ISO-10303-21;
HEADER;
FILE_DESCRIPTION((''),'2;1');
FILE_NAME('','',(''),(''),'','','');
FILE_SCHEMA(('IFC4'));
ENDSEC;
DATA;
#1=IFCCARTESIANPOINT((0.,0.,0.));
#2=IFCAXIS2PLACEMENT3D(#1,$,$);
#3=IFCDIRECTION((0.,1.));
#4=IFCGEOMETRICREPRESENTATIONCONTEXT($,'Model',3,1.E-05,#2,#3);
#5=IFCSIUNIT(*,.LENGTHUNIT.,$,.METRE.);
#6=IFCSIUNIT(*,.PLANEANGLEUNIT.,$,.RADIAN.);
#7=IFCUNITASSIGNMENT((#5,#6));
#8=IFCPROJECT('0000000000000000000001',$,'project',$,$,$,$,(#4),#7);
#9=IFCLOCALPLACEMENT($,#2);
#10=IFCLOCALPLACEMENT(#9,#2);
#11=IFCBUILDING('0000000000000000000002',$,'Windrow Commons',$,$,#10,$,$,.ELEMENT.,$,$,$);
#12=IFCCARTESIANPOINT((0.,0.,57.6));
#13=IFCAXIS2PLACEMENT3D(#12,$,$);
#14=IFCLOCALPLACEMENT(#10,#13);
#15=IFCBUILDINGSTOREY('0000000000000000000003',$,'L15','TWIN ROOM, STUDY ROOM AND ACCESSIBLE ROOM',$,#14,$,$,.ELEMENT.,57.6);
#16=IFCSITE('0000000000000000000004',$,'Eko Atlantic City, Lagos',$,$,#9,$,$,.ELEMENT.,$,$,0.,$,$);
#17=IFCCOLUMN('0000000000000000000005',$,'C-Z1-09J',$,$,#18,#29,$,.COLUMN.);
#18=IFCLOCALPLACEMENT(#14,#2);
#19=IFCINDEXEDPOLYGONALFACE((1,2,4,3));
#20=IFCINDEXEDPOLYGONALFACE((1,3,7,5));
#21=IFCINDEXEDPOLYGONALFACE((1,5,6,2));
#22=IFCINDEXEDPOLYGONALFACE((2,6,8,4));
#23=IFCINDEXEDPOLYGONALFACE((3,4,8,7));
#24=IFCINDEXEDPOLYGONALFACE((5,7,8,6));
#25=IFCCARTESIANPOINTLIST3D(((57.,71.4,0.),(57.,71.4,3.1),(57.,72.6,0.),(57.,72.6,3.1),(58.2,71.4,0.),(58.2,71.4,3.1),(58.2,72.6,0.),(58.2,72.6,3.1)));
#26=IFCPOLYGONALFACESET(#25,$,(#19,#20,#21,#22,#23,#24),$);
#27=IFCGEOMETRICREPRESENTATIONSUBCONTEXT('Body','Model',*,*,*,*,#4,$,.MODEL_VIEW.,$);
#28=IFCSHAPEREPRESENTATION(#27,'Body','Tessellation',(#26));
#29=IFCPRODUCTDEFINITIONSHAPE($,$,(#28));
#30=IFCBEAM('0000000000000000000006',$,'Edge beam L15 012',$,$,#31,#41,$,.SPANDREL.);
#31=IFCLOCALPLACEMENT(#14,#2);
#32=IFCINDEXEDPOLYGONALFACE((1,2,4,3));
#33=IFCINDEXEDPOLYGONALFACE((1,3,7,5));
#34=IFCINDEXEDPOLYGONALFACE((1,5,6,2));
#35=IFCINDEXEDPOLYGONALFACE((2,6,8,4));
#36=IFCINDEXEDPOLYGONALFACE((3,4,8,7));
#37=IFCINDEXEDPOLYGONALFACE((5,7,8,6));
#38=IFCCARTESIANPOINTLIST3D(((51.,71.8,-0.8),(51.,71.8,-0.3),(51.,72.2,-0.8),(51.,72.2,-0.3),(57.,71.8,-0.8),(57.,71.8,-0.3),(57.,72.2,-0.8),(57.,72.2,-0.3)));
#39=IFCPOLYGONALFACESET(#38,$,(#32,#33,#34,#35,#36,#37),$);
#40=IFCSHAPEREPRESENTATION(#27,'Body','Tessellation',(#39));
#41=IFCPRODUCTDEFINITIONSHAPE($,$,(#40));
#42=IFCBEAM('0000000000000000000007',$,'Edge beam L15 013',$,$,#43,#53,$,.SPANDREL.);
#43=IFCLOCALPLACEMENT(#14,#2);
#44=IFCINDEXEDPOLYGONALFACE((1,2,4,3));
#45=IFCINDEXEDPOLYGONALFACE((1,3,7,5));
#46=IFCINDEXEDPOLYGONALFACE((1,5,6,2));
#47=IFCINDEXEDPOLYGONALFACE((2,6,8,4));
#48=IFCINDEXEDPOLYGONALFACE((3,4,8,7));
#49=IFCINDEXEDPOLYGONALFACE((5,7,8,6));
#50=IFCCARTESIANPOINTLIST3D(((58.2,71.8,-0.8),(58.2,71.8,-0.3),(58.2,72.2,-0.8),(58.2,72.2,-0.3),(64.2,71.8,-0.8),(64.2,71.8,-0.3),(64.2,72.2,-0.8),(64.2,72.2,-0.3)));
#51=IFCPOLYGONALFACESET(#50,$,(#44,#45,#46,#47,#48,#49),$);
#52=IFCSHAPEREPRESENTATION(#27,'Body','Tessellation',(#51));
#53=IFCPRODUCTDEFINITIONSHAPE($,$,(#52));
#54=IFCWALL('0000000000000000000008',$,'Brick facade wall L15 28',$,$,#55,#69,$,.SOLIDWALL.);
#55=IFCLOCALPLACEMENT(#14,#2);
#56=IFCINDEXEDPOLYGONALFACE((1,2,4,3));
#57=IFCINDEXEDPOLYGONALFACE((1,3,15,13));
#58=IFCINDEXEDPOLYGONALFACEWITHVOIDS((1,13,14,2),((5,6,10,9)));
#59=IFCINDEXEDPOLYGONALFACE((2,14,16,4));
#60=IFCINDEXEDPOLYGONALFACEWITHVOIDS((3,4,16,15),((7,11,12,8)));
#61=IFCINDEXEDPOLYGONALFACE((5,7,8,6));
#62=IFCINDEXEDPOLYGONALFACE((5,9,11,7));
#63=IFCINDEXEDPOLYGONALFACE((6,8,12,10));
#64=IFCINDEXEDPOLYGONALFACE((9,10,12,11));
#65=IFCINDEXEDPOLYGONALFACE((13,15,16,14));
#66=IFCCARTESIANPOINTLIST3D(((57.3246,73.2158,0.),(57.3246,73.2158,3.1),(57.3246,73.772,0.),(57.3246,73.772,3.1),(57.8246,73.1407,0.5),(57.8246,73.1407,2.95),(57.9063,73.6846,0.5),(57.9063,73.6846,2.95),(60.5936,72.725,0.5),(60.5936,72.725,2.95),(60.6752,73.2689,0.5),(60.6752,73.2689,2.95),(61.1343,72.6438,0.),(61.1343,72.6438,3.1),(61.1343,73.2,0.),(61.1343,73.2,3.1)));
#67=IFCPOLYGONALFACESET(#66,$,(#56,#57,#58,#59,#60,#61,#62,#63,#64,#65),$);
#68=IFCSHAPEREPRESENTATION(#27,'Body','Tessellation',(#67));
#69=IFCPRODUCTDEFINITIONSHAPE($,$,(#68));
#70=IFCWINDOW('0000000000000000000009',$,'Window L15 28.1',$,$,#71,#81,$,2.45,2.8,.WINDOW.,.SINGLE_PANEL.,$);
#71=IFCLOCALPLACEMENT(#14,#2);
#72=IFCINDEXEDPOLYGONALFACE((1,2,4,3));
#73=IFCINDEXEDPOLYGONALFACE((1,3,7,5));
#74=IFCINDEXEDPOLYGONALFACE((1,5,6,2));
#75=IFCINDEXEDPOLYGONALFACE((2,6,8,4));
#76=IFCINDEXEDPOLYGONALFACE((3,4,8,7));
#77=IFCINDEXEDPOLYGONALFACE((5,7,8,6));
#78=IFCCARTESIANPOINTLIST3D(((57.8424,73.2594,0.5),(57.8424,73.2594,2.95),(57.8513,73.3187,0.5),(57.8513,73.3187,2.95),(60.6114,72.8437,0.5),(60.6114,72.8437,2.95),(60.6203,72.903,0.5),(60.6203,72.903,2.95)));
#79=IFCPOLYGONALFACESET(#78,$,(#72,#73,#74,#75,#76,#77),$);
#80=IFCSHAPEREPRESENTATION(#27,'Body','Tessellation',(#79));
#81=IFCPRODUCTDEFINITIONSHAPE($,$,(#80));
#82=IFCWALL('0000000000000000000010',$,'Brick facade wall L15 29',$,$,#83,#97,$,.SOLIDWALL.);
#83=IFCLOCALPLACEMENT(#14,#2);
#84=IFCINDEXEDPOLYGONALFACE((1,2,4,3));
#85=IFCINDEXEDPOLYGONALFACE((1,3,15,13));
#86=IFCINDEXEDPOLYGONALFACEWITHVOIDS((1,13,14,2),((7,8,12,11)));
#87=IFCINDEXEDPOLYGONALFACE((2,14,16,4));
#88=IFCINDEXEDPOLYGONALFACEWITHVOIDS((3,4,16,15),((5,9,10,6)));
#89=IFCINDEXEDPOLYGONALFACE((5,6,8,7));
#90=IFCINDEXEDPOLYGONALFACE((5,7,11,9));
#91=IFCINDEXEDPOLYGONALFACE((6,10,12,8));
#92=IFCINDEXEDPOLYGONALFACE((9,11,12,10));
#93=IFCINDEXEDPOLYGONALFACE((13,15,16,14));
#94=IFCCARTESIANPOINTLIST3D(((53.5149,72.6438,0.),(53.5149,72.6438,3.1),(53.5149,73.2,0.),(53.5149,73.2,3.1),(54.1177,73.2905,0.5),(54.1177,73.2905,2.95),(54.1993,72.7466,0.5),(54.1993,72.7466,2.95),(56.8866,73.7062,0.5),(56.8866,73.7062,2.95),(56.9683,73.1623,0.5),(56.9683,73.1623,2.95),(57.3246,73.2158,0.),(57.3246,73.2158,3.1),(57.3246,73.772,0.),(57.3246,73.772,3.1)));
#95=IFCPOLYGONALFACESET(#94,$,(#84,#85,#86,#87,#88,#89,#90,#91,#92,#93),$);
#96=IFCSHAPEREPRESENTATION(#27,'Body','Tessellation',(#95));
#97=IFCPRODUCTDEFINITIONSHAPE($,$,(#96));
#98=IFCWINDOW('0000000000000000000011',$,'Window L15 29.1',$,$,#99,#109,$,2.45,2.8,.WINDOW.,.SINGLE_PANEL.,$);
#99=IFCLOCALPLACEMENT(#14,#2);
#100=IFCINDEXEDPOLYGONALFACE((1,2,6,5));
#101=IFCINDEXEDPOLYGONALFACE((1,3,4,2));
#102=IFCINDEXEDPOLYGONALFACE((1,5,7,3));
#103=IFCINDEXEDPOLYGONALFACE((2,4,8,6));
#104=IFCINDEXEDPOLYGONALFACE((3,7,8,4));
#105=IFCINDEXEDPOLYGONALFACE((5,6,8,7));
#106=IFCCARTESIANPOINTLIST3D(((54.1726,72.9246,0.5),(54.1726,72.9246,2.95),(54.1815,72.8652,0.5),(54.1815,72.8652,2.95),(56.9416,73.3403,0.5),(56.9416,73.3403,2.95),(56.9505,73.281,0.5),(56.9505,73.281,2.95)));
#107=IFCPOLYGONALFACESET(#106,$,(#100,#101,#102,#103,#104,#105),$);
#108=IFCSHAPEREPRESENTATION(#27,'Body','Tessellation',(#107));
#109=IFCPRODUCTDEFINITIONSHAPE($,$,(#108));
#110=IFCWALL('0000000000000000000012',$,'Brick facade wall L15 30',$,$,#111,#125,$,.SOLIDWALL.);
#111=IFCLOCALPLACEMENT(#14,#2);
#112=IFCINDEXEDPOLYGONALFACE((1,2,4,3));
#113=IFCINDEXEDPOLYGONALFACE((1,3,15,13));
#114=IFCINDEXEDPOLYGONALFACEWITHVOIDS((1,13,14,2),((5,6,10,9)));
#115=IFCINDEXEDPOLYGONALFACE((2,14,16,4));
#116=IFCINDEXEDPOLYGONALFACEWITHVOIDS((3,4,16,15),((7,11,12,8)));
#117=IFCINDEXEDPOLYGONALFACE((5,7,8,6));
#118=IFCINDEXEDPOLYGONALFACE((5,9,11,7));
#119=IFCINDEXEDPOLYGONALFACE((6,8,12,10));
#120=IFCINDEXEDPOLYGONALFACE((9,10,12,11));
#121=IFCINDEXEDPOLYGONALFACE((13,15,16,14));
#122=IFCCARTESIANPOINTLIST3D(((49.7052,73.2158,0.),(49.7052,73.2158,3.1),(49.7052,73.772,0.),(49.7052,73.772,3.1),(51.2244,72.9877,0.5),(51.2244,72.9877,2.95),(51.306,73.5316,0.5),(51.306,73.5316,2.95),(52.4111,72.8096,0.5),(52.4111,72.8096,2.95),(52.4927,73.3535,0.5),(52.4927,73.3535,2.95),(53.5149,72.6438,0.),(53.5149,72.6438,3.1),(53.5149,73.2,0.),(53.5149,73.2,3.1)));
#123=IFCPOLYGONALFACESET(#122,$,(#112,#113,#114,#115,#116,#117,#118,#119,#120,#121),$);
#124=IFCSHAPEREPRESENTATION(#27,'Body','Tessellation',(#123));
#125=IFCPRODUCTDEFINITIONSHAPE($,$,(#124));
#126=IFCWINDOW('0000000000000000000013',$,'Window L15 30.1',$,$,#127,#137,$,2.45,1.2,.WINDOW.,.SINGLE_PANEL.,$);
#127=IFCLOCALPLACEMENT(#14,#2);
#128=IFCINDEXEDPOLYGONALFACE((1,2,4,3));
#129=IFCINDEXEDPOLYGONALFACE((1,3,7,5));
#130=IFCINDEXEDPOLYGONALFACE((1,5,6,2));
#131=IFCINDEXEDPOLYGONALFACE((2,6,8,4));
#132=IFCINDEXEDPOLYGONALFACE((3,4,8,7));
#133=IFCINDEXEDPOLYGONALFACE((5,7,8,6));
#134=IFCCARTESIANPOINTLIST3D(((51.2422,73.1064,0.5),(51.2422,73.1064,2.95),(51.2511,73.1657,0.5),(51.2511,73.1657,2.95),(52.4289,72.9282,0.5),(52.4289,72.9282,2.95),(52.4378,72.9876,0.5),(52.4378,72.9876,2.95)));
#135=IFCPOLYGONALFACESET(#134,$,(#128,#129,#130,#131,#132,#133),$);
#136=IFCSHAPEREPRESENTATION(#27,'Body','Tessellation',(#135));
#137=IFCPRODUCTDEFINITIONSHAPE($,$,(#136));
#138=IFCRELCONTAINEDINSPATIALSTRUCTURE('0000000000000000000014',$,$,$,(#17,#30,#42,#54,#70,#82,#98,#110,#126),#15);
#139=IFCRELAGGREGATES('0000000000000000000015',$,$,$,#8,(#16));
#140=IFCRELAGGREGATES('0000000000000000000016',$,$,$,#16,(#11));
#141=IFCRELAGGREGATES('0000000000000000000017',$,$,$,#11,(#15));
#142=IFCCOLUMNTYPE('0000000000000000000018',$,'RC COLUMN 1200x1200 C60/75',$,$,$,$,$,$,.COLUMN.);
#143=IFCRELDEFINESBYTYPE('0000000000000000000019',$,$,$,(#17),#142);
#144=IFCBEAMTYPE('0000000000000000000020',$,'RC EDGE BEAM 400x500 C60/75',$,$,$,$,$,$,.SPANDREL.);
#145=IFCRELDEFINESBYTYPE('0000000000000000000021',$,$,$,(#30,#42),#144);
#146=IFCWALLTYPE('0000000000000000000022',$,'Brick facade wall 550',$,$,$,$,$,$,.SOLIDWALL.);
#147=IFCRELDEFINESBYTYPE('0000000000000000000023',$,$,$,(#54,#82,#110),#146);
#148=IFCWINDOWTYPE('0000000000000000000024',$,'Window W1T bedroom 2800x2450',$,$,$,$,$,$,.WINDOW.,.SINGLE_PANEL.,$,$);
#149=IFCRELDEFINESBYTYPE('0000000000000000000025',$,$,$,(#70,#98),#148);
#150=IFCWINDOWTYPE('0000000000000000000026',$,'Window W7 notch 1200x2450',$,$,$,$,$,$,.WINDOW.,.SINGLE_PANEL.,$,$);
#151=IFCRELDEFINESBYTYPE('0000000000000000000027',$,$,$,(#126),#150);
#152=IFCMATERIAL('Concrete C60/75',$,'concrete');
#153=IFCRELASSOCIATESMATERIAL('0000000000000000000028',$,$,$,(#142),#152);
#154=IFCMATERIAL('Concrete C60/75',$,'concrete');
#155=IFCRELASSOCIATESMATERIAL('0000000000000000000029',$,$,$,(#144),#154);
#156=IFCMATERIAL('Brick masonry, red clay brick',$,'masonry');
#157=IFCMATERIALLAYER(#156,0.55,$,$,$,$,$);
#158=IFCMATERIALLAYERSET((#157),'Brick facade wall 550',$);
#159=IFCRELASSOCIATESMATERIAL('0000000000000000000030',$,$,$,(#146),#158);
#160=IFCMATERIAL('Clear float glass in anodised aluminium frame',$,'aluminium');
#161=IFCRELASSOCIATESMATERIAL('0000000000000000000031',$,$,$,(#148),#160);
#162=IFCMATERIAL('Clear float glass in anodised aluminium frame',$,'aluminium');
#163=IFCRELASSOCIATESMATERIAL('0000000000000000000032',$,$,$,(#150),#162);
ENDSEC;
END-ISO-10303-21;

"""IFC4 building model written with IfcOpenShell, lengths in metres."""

from ifc_helpers import new_model, si_unit, direction, frame, frame_2d, origin, origin_2d, place, context, subcontext, project, spatial, polyline, rectangle, outline, extrude, material, layer, layer_set, material_profile, profile_set, type_object, element, fill, save


model = new_model("IFC4")

# Units and contexts
model_context = context("Model", 3, precision=1e-05, world=origin(), true_north=direction((0.0, 1.0)))
body_context = subcontext(model_context, "Body", "Model", "MODEL_VIEW")
ifc_project = project(units=[si_unit("LENGTHUNIT", "METRE"), si_unit("PLANEANGLEUNIT", "RADIAN")], contexts=[model_context])

# Site, building, storey
site_placement = place(None, origin())
site = spatial("IfcSite", under=ifc_project, at=site_placement, Name="Eko Atlantic City, Lagos", CompositionType="ELEMENT", RefElevation=0.0)
building_placement = place(site_placement, origin())
building = spatial("IfcBuilding", under=site, at=building_placement, Name="Windrow Commons", CompositionType="ELEMENT")
storey_placement = place(building_placement, frame((0.0, 0.0, 57.6)))
storey = spatial("IfcBuildingStorey", under=building, at=storey_placement, Name="L15", Description="TWIN ROOM, STUDY ROOM AND ACCESSIBLE ROOM", CompositionType="ELEMENT", Elevation=57.6)

# Column
ifc_material_1 = material(Name="Concrete C60/75", Category="concrete")
ifc_material_profile_1 = material_profile(ifc_material_1, rectangle(XDim=1.2, YDim=1.2, at=origin_2d()))
ifc_profile_set_1 = profile_set([ifc_material_profile_1], Name="Concrete C60/75")
column_type = type_object("IfcColumnType", Name="RC COLUMN 1200x1200 C60/75", PredefinedType="COLUMN", material=ifc_profile_set_1)
column_placement = place(storey_placement, frame((57.6, 72.0, 0.0), z_axis=(0.0, 0.0, 1.0), x_axis=(1.0, 0.0, 0.0)))
element("IfcColumn", 1, at=column_placement, inside=storey, type_object=column_type, Name="C-Z1-09J", PredefinedType="COLUMN", context=body_context, shape_type="SweptSolid", body=[
    extrude(rectangle(XDim=1.2, YDim=1.2, at=origin_2d()), origin(), (0.0, 0.0, 1.0), 3.1),
])

# Beams
ifc_material_2 = material(Name="Concrete C60/75", Category="concrete")
ifc_material_profile_2 = material_profile(ifc_material_2, rectangle(XDim=0.4, YDim=0.5, at=origin_2d()))
ifc_profile_set_2 = profile_set([ifc_material_profile_2], Name="Concrete C60/75")
beam_type = type_object("IfcBeamType", Name="RC EDGE BEAM 400x500 C60/75", PredefinedType="SPANDREL", material=ifc_profile_set_2)
for number, where, z_axis, x_axis, name in (
    (2, (51.0, 72.0, -0.55), (1.0, 0.0, 0.0), (0.0, 1.0, 0.0), "Edge beam L15 012"),
    (3, (58.2, 72.0, -0.55), (1.0, 0.0, 0.0), (0.0, 1.0, 0.0), "Edge beam L15 013"),
):
    element("IfcBeam", number, at=place(storey_placement, frame(where, z_axis=z_axis, x_axis=x_axis)), inside=storey, type_object=beam_type, Name=name, PredefinedType="SPANDREL", context=body_context, shape_type="SweptSolid", body=[
        extrude(rectangle(XDim=0.4, YDim=0.5, at=origin_2d()), origin(), (0.0, 0.0, 1.0), 6.0),
    ])

# Walls, openings, windows
ifc_material_3 = material(Name="Brick masonry, red clay brick", Category="masonry")
ifc_layer_1 = layer(ifc_material_3, 0.55)
ifc_layer_set_1 = layer_set([ifc_layer_1], Name="Brick facade wall 550")
wall_type_1 = type_object("IfcWallType", Name="Brick facade wall 550", PredefinedType="SOLIDWALL", material=ifc_layer_set_1)
wall_1_placement = place(storey_placement, frame((61.1343, 72.9219, 0.0), z_axis=(0.0, 0.0, 1.0), x_axis=(-0.988916, 0.148479, 0.0)))
wall_1 = element("IfcWall", 4, at=wall_1_placement, inside=storey, type_object=wall_type_1, Name="Brick facade wall L15 28", PredefinedType="SOLIDWALL", context=body_context, shape_type="SweptSolid", body=[
    extrude(outline(polyline([(0.0413, -0.275), (3.8937, -0.275), (3.8111, 0.275), (-0.0413, 0.275), (0.0413, -0.275)])), origin(), (0.0, 0.0, 1.0), 3.1),
])
opening_1_placement = place(wall_1_placement, frame((0.5055, 0.0, 0.5)))
opening_1 = element("IfcOpeningElement", 5, at=opening_1_placement, cuts=wall_1, PredefinedType="OPENING", context=body_context, shape_type="SweptSolid", body=[
    extrude(rectangle(XDim=2.8, YDim=2.45, at=frame_2d((1.4, 1.225))), frame((0.0, 0.285, 0.0), z_axis=(0.0, -1.0, 0.0), x_axis=(1.0, 0.0, 0.0)), (0.0, 0.0, 1.0), 0.57),
])
ifc_material_4 = material(Name="Clear float glass in anodised aluminium frame", Category="aluminium")
window_type_1 = type_object("IfcWindowType", Name="Window W1T bedroom 2800x2450", PartitioningType="SINGLE_PANEL", PredefinedType="WINDOW", material=ifc_material_4)
window_1_placement = place(opening_1_placement, origin())
window_1 = element("IfcWindow", 6, at=window_1_placement, inside=storey, type_object=window_type_1, Name="Window L15 28.1", OverallHeight=2.45, OverallWidth=2.8, PartitioningType="SINGLE_PANEL", PredefinedType="WINDOW", context=body_context, shape_type="SweptSolid", body=[
    extrude(rectangle(XDim=2.8, YDim=2.45, at=frame_2d((1.4, 1.225))), frame((0.0, 0.155, 0.0), z_axis=(0.0, -1.0, 0.0), x_axis=(1.0, 0.0, 0.0)), (0.0, 0.0, 1.0), 0.06),
])
fill(opening_1, window_1)
wall_2_placement = place(storey_placement, frame((57.3246, 73.4939, 0.0), z_axis=(0.0, 0.0, 1.0), x_axis=(-0.988916, -0.148479, 0.0)))
wall_2 = element("IfcWall", 7, at=wall_2_placement, inside=storey, type_object=wall_type_1, Name="Brick facade wall L15 29", PredefinedType="SOLIDWALL", context=body_context, shape_type="SweptSolid", body=[
    extrude(outline(polyline([(-0.0413, -0.275), (3.8111, -0.275), (3.8937, 0.275), (0.0413, 0.275), (-0.0413, -0.275)])), origin(), (0.0, 0.0, 1.0), 3.1),
])
opening_2_placement = place(wall_2_placement, frame((0.4016, 0.0, 0.5)))
opening_2 = element("IfcOpeningElement", 8, at=opening_2_placement, cuts=wall_2, PredefinedType="OPENING", context=body_context, shape_type="SweptSolid", body=[
    extrude(rectangle(XDim=2.8, YDim=2.45, at=frame_2d((1.4, 1.225))), frame((0.0, 0.285, 0.0), z_axis=(0.0, -1.0, 0.0), x_axis=(1.0, 0.0, 0.0)), (0.0, 0.0, 1.0), 0.57),
])
window_2_placement = place(opening_2_placement, origin())
window_2 = element("IfcWindow", 9, at=window_2_placement, inside=storey, type_object=window_type_1, Name="Window L15 29.1", OverallHeight=2.45, OverallWidth=2.8, PartitioningType="SINGLE_PANEL", PredefinedType="WINDOW", context=body_context, shape_type="SweptSolid", body=[
    extrude(rectangle(XDim=2.8, YDim=2.45, at=frame_2d((1.4, 1.225))), frame((0.0, 0.155, 0.0), z_axis=(0.0, -1.0, 0.0), x_axis=(1.0, 0.0, 0.0)), (0.0, 0.0, 1.0), 0.06),
])
fill(opening_2, window_2)
wall_3_placement = place(storey_placement, frame((53.5149, 72.9219, 0.0), z_axis=(0.0, 0.0, 1.0), x_axis=(-0.988915, 0.148483, 0.0)))
wall_3 = element("IfcWall", 10, at=wall_3_placement, inside=storey, type_object=wall_type_1, Name="Brick facade wall L15 30", PredefinedType="SOLIDWALL", context=body_context, shape_type="SweptSolid", body=[
    extrude(outline(polyline([(0.0413, -0.275), (3.8937, -0.275), (3.8111, 0.275), (-0.0413, 0.275), (0.0413, -0.275)])), origin(), (0.0, 0.0, 1.0), 3.1),
])
opening_3_placement = place(wall_3_placement, frame((1.0749, 0.0, 0.5)))
opening_3 = element("IfcOpeningElement", 11, at=opening_3_placement, cuts=wall_3, PredefinedType="OPENING", context=body_context, shape_type="SweptSolid", body=[
    extrude(rectangle(XDim=1.2, YDim=2.45, at=frame_2d((0.6, 1.225))), frame((0.0, 0.285, 0.0), z_axis=(0.0, -1.0, 0.0), x_axis=(1.0, 0.0, 0.0)), (0.0, 0.0, 1.0), 0.57),
])
ifc_material_5 = material(Name="Clear float glass in anodised aluminium frame", Category="aluminium")
window_type_2 = type_object("IfcWindowType", Name="Window W7 notch 1200x2450", PartitioningType="SINGLE_PANEL", PredefinedType="WINDOW", material=ifc_material_5)
window_3_placement = place(opening_3_placement, origin())
window_3 = element("IfcWindow", 12, at=window_3_placement, inside=storey, type_object=window_type_2, Name="Window L15 30.1", OverallHeight=2.45, OverallWidth=1.2, PartitioningType="SINGLE_PANEL", PredefinedType="WINDOW", context=body_context, shape_type="SweptSolid", body=[
    extrude(rectangle(XDim=1.2, YDim=2.45, at=frame_2d((0.6, 1.225))), frame((0.0, 0.155, 0.0), z_axis=(0.0, -1.0, 0.0), x_axis=(1.0, 0.0, 0.0)), (0.0, 0.0, 1.0), 0.06),
])
fill(opening_3, window_3)

save(model, "model.ifc")
